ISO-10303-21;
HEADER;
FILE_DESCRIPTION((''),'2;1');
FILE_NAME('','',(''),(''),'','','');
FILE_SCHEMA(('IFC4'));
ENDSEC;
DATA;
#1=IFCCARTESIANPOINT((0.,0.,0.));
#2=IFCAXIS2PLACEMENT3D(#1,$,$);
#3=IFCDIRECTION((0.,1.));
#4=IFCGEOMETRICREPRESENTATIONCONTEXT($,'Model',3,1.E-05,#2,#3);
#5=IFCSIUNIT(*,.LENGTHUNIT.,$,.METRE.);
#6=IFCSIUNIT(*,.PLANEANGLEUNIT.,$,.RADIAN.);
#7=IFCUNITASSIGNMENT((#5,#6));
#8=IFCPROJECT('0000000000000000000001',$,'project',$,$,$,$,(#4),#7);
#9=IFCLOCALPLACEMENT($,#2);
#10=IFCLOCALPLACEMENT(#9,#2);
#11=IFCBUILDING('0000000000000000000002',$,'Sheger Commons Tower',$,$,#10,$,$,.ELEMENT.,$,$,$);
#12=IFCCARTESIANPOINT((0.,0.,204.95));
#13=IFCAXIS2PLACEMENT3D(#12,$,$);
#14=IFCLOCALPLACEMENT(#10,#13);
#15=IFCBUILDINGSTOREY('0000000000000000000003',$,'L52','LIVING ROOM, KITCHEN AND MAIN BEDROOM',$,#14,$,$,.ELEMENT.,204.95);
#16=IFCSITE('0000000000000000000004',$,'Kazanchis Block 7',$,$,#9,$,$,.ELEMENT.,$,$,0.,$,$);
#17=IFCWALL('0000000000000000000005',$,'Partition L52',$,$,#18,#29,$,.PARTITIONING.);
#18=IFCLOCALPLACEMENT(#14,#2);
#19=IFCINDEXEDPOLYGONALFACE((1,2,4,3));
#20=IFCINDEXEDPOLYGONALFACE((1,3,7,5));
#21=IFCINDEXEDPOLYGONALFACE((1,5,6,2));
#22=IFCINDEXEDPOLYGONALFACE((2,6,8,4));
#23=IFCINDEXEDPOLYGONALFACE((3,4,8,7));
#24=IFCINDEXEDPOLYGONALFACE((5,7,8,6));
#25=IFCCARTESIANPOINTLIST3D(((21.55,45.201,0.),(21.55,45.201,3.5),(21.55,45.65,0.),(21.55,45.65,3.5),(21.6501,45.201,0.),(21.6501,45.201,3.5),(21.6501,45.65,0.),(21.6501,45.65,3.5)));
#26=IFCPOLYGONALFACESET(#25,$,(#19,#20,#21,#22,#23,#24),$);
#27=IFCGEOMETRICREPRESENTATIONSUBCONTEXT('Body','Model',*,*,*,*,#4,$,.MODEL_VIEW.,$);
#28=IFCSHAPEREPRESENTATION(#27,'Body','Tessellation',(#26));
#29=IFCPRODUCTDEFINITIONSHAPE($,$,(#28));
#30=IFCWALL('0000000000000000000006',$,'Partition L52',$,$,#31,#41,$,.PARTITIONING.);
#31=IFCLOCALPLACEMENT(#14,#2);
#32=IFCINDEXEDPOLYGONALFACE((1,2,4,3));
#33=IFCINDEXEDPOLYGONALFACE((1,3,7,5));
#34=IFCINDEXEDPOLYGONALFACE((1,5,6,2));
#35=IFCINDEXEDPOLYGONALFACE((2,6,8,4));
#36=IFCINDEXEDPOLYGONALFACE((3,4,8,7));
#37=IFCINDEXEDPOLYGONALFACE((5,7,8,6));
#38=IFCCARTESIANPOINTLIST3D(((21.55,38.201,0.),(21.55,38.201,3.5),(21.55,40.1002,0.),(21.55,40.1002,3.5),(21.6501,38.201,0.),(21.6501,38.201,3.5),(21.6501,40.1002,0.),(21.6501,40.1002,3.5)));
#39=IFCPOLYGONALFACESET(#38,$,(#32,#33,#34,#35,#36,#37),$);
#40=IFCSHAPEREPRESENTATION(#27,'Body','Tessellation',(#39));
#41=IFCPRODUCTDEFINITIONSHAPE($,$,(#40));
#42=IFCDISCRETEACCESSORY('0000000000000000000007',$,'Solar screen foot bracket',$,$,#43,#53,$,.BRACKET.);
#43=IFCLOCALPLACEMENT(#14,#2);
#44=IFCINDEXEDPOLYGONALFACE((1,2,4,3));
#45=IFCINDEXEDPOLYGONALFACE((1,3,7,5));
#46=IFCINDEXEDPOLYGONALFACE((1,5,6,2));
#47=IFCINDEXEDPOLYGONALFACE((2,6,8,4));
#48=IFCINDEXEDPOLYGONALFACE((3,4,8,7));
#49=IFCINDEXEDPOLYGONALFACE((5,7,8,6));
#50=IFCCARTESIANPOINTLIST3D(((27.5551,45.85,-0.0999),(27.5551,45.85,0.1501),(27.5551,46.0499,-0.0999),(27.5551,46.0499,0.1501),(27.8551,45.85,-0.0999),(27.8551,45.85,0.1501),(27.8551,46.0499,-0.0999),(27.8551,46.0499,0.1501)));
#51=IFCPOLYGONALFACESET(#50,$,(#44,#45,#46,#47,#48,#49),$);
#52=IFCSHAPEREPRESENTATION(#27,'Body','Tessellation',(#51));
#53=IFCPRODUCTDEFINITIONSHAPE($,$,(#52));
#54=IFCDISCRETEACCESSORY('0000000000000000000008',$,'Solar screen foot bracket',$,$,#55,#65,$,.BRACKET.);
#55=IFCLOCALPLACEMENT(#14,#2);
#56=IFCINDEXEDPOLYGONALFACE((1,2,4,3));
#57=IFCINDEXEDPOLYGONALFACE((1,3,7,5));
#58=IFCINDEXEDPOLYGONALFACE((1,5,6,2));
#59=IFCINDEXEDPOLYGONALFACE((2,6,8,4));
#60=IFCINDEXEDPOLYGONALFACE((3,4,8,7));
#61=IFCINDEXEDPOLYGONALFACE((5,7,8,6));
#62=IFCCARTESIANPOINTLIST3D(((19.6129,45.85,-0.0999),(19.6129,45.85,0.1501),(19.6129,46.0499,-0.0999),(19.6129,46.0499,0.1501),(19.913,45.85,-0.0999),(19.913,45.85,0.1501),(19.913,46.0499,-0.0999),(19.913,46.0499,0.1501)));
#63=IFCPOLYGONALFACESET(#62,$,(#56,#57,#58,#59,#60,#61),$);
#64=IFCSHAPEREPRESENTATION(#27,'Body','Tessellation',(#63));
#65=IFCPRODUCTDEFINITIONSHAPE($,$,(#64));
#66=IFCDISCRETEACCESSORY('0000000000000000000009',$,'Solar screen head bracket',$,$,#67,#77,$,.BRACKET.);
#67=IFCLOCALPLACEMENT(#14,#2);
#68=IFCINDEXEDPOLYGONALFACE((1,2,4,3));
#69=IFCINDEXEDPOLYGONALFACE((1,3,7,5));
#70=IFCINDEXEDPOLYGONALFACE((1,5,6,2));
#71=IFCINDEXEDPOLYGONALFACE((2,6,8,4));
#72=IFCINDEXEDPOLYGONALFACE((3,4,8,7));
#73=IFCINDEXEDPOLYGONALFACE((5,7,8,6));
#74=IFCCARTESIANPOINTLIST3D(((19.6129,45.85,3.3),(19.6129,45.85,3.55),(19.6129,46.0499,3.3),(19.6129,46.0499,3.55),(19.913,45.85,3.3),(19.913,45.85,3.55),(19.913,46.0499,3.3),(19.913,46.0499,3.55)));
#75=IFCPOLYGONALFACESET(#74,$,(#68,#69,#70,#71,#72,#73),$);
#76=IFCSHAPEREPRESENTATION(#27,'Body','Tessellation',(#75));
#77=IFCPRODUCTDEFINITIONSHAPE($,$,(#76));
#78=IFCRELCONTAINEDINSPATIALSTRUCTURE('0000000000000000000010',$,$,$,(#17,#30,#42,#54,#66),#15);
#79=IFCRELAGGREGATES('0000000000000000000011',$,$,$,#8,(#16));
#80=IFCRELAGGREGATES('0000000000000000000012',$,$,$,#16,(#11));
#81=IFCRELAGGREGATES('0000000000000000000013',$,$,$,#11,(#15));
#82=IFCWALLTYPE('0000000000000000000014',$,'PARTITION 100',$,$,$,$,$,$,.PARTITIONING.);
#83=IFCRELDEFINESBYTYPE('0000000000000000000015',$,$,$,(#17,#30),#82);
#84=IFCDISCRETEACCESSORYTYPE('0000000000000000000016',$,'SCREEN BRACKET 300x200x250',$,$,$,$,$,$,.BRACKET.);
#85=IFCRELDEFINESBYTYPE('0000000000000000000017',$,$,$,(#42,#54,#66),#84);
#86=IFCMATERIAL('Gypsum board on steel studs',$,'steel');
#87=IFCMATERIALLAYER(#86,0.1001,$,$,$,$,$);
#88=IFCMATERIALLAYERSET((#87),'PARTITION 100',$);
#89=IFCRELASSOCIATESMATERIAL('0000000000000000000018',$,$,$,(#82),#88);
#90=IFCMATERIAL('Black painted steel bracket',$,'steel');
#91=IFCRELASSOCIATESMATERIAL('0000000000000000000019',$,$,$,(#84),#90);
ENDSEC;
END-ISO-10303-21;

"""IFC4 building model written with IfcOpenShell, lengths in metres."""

from ifc_helpers import new_model, si_unit, direction, frame, frame_2d, origin, origin_2d, place, context, subcontext, project, spatial, rectangle, extrude, material, layer, layer_set, type_object, element, save


model = new_model("IFC4")

# Units and contexts
model_context = context("Model", 3, precision=1e-05, world=origin(), true_north=direction((0.0, 1.0)))
body_context = subcontext(model_context, "Body", "Model", "MODEL_VIEW")
ifc_project = project(units=[si_unit("LENGTHUNIT", "METRE"), si_unit("PLANEANGLEUNIT", "RADIAN")], contexts=[model_context])

# Site, building, storey
site_placement = place(None, origin())
site = spatial("IfcSite", under=ifc_project, at=site_placement, Name="Kazanchis Block 7", CompositionType="ELEMENT", RefElevation=0.0)
building_placement = place(site_placement, origin())
building = spatial("IfcBuilding", under=site, at=building_placement, Name="Sheger Commons Tower", CompositionType="ELEMENT")
storey_placement = place(building_placement, frame((0.0, 0.0, 204.95)))
storey = spatial("IfcBuildingStorey", under=building, at=storey_placement, Name="L52", Description="LIVING ROOM, KITCHEN AND MAIN BEDROOM", CompositionType="ELEMENT", Elevation=204.95)

# Shared definitions
ifc_material_1 = material(Name="Gypsum board on steel studs", Category="steel")
ifc_layer_1 = layer(ifc_material_1, 0.1001)
ifc_layer_set_1 = layer_set([ifc_layer_1], Name="PARTITION 100")
wall_type_1 = type_object("IfcWallType", Name="PARTITION 100", PredefinedType="PARTITIONING", material=ifc_layer_set_1)

# Walls
wall_1_placement = place(storey_placement, frame((21.6001, 45.2009, 0.0), z_axis=(0.0, 0.0, 1.0), x_axis=(0.0, 1.0, 0.0)))
element("IfcWall", 1, at=wall_1_placement, inside=storey, type_object=wall_type_1, Name="Partition L52", PredefinedType="PARTITIONING", context=body_context, shape_type="SweptSolid", body=[
    extrude(rectangle(XDim=0.449, YDim=0.1001, at=frame_2d((0.2246, 0.0))), origin(), (0.0, 0.0, 1.0), 3.5),
])
wall_2_placement = place(storey_placement, frame((21.6001, 38.2009, 0.0), z_axis=(0.0, 0.0, 1.0), x_axis=(0.0, 1.0, 0.0)))
element("IfcWall", 2, at=wall_2_placement, inside=storey, type_object=wall_type_1, Name="Partition L52", PredefinedType="PARTITIONING", context=body_context, shape_type="SweptSolid", body=[
    extrude(rectangle(XDim=1.8992, YDim=0.1001, at=frame_2d((0.9497, 0.0))), origin(), (0.0, 0.0, 1.0), 3.5),
])

# Discrete accessories
ifc_material_2 = material(Name="Black painted steel bracket", Category="steel")
discrete_accessory_type = type_object("IfcDiscreteAccessoryType", Name="SCREEN BRACKET 300x200x250", PredefinedType="BRACKET", material=ifc_material_2)
for number, where, z_axis, x_axis, name in (
    (3, (27.7051, 45.95, -0.0999), (0.0, 0.0, 1.0), (-1.0, 0.0, 0.0), "Solar screen foot bracket"),
    (4, (19.7629, 45.95, -0.0999), (0.0, 0.0, 1.0), (-1.0, 0.0, 0.0), "Solar screen foot bracket"),
    (5, (19.7629, 45.95, 3.3), (0.0, 0.0, 1.0), (-1.0, 0.0, 0.0), "Solar screen head bracket"),
):
    element("IfcDiscreteAccessory", number, at=place(storey_placement, frame(where, z_axis=z_axis, x_axis=x_axis)), inside=storey, type_object=discrete_accessory_type, Name=name, PredefinedType="BRACKET", context=body_context, shape_type="SweptSolid", body=[
        extrude(rectangle(XDim=0.3, YDim=0.2, at=origin_2d()), origin(), (0.0, 0.0, 1.0), 0.25),
    ])

save(model, "model.ifc")
